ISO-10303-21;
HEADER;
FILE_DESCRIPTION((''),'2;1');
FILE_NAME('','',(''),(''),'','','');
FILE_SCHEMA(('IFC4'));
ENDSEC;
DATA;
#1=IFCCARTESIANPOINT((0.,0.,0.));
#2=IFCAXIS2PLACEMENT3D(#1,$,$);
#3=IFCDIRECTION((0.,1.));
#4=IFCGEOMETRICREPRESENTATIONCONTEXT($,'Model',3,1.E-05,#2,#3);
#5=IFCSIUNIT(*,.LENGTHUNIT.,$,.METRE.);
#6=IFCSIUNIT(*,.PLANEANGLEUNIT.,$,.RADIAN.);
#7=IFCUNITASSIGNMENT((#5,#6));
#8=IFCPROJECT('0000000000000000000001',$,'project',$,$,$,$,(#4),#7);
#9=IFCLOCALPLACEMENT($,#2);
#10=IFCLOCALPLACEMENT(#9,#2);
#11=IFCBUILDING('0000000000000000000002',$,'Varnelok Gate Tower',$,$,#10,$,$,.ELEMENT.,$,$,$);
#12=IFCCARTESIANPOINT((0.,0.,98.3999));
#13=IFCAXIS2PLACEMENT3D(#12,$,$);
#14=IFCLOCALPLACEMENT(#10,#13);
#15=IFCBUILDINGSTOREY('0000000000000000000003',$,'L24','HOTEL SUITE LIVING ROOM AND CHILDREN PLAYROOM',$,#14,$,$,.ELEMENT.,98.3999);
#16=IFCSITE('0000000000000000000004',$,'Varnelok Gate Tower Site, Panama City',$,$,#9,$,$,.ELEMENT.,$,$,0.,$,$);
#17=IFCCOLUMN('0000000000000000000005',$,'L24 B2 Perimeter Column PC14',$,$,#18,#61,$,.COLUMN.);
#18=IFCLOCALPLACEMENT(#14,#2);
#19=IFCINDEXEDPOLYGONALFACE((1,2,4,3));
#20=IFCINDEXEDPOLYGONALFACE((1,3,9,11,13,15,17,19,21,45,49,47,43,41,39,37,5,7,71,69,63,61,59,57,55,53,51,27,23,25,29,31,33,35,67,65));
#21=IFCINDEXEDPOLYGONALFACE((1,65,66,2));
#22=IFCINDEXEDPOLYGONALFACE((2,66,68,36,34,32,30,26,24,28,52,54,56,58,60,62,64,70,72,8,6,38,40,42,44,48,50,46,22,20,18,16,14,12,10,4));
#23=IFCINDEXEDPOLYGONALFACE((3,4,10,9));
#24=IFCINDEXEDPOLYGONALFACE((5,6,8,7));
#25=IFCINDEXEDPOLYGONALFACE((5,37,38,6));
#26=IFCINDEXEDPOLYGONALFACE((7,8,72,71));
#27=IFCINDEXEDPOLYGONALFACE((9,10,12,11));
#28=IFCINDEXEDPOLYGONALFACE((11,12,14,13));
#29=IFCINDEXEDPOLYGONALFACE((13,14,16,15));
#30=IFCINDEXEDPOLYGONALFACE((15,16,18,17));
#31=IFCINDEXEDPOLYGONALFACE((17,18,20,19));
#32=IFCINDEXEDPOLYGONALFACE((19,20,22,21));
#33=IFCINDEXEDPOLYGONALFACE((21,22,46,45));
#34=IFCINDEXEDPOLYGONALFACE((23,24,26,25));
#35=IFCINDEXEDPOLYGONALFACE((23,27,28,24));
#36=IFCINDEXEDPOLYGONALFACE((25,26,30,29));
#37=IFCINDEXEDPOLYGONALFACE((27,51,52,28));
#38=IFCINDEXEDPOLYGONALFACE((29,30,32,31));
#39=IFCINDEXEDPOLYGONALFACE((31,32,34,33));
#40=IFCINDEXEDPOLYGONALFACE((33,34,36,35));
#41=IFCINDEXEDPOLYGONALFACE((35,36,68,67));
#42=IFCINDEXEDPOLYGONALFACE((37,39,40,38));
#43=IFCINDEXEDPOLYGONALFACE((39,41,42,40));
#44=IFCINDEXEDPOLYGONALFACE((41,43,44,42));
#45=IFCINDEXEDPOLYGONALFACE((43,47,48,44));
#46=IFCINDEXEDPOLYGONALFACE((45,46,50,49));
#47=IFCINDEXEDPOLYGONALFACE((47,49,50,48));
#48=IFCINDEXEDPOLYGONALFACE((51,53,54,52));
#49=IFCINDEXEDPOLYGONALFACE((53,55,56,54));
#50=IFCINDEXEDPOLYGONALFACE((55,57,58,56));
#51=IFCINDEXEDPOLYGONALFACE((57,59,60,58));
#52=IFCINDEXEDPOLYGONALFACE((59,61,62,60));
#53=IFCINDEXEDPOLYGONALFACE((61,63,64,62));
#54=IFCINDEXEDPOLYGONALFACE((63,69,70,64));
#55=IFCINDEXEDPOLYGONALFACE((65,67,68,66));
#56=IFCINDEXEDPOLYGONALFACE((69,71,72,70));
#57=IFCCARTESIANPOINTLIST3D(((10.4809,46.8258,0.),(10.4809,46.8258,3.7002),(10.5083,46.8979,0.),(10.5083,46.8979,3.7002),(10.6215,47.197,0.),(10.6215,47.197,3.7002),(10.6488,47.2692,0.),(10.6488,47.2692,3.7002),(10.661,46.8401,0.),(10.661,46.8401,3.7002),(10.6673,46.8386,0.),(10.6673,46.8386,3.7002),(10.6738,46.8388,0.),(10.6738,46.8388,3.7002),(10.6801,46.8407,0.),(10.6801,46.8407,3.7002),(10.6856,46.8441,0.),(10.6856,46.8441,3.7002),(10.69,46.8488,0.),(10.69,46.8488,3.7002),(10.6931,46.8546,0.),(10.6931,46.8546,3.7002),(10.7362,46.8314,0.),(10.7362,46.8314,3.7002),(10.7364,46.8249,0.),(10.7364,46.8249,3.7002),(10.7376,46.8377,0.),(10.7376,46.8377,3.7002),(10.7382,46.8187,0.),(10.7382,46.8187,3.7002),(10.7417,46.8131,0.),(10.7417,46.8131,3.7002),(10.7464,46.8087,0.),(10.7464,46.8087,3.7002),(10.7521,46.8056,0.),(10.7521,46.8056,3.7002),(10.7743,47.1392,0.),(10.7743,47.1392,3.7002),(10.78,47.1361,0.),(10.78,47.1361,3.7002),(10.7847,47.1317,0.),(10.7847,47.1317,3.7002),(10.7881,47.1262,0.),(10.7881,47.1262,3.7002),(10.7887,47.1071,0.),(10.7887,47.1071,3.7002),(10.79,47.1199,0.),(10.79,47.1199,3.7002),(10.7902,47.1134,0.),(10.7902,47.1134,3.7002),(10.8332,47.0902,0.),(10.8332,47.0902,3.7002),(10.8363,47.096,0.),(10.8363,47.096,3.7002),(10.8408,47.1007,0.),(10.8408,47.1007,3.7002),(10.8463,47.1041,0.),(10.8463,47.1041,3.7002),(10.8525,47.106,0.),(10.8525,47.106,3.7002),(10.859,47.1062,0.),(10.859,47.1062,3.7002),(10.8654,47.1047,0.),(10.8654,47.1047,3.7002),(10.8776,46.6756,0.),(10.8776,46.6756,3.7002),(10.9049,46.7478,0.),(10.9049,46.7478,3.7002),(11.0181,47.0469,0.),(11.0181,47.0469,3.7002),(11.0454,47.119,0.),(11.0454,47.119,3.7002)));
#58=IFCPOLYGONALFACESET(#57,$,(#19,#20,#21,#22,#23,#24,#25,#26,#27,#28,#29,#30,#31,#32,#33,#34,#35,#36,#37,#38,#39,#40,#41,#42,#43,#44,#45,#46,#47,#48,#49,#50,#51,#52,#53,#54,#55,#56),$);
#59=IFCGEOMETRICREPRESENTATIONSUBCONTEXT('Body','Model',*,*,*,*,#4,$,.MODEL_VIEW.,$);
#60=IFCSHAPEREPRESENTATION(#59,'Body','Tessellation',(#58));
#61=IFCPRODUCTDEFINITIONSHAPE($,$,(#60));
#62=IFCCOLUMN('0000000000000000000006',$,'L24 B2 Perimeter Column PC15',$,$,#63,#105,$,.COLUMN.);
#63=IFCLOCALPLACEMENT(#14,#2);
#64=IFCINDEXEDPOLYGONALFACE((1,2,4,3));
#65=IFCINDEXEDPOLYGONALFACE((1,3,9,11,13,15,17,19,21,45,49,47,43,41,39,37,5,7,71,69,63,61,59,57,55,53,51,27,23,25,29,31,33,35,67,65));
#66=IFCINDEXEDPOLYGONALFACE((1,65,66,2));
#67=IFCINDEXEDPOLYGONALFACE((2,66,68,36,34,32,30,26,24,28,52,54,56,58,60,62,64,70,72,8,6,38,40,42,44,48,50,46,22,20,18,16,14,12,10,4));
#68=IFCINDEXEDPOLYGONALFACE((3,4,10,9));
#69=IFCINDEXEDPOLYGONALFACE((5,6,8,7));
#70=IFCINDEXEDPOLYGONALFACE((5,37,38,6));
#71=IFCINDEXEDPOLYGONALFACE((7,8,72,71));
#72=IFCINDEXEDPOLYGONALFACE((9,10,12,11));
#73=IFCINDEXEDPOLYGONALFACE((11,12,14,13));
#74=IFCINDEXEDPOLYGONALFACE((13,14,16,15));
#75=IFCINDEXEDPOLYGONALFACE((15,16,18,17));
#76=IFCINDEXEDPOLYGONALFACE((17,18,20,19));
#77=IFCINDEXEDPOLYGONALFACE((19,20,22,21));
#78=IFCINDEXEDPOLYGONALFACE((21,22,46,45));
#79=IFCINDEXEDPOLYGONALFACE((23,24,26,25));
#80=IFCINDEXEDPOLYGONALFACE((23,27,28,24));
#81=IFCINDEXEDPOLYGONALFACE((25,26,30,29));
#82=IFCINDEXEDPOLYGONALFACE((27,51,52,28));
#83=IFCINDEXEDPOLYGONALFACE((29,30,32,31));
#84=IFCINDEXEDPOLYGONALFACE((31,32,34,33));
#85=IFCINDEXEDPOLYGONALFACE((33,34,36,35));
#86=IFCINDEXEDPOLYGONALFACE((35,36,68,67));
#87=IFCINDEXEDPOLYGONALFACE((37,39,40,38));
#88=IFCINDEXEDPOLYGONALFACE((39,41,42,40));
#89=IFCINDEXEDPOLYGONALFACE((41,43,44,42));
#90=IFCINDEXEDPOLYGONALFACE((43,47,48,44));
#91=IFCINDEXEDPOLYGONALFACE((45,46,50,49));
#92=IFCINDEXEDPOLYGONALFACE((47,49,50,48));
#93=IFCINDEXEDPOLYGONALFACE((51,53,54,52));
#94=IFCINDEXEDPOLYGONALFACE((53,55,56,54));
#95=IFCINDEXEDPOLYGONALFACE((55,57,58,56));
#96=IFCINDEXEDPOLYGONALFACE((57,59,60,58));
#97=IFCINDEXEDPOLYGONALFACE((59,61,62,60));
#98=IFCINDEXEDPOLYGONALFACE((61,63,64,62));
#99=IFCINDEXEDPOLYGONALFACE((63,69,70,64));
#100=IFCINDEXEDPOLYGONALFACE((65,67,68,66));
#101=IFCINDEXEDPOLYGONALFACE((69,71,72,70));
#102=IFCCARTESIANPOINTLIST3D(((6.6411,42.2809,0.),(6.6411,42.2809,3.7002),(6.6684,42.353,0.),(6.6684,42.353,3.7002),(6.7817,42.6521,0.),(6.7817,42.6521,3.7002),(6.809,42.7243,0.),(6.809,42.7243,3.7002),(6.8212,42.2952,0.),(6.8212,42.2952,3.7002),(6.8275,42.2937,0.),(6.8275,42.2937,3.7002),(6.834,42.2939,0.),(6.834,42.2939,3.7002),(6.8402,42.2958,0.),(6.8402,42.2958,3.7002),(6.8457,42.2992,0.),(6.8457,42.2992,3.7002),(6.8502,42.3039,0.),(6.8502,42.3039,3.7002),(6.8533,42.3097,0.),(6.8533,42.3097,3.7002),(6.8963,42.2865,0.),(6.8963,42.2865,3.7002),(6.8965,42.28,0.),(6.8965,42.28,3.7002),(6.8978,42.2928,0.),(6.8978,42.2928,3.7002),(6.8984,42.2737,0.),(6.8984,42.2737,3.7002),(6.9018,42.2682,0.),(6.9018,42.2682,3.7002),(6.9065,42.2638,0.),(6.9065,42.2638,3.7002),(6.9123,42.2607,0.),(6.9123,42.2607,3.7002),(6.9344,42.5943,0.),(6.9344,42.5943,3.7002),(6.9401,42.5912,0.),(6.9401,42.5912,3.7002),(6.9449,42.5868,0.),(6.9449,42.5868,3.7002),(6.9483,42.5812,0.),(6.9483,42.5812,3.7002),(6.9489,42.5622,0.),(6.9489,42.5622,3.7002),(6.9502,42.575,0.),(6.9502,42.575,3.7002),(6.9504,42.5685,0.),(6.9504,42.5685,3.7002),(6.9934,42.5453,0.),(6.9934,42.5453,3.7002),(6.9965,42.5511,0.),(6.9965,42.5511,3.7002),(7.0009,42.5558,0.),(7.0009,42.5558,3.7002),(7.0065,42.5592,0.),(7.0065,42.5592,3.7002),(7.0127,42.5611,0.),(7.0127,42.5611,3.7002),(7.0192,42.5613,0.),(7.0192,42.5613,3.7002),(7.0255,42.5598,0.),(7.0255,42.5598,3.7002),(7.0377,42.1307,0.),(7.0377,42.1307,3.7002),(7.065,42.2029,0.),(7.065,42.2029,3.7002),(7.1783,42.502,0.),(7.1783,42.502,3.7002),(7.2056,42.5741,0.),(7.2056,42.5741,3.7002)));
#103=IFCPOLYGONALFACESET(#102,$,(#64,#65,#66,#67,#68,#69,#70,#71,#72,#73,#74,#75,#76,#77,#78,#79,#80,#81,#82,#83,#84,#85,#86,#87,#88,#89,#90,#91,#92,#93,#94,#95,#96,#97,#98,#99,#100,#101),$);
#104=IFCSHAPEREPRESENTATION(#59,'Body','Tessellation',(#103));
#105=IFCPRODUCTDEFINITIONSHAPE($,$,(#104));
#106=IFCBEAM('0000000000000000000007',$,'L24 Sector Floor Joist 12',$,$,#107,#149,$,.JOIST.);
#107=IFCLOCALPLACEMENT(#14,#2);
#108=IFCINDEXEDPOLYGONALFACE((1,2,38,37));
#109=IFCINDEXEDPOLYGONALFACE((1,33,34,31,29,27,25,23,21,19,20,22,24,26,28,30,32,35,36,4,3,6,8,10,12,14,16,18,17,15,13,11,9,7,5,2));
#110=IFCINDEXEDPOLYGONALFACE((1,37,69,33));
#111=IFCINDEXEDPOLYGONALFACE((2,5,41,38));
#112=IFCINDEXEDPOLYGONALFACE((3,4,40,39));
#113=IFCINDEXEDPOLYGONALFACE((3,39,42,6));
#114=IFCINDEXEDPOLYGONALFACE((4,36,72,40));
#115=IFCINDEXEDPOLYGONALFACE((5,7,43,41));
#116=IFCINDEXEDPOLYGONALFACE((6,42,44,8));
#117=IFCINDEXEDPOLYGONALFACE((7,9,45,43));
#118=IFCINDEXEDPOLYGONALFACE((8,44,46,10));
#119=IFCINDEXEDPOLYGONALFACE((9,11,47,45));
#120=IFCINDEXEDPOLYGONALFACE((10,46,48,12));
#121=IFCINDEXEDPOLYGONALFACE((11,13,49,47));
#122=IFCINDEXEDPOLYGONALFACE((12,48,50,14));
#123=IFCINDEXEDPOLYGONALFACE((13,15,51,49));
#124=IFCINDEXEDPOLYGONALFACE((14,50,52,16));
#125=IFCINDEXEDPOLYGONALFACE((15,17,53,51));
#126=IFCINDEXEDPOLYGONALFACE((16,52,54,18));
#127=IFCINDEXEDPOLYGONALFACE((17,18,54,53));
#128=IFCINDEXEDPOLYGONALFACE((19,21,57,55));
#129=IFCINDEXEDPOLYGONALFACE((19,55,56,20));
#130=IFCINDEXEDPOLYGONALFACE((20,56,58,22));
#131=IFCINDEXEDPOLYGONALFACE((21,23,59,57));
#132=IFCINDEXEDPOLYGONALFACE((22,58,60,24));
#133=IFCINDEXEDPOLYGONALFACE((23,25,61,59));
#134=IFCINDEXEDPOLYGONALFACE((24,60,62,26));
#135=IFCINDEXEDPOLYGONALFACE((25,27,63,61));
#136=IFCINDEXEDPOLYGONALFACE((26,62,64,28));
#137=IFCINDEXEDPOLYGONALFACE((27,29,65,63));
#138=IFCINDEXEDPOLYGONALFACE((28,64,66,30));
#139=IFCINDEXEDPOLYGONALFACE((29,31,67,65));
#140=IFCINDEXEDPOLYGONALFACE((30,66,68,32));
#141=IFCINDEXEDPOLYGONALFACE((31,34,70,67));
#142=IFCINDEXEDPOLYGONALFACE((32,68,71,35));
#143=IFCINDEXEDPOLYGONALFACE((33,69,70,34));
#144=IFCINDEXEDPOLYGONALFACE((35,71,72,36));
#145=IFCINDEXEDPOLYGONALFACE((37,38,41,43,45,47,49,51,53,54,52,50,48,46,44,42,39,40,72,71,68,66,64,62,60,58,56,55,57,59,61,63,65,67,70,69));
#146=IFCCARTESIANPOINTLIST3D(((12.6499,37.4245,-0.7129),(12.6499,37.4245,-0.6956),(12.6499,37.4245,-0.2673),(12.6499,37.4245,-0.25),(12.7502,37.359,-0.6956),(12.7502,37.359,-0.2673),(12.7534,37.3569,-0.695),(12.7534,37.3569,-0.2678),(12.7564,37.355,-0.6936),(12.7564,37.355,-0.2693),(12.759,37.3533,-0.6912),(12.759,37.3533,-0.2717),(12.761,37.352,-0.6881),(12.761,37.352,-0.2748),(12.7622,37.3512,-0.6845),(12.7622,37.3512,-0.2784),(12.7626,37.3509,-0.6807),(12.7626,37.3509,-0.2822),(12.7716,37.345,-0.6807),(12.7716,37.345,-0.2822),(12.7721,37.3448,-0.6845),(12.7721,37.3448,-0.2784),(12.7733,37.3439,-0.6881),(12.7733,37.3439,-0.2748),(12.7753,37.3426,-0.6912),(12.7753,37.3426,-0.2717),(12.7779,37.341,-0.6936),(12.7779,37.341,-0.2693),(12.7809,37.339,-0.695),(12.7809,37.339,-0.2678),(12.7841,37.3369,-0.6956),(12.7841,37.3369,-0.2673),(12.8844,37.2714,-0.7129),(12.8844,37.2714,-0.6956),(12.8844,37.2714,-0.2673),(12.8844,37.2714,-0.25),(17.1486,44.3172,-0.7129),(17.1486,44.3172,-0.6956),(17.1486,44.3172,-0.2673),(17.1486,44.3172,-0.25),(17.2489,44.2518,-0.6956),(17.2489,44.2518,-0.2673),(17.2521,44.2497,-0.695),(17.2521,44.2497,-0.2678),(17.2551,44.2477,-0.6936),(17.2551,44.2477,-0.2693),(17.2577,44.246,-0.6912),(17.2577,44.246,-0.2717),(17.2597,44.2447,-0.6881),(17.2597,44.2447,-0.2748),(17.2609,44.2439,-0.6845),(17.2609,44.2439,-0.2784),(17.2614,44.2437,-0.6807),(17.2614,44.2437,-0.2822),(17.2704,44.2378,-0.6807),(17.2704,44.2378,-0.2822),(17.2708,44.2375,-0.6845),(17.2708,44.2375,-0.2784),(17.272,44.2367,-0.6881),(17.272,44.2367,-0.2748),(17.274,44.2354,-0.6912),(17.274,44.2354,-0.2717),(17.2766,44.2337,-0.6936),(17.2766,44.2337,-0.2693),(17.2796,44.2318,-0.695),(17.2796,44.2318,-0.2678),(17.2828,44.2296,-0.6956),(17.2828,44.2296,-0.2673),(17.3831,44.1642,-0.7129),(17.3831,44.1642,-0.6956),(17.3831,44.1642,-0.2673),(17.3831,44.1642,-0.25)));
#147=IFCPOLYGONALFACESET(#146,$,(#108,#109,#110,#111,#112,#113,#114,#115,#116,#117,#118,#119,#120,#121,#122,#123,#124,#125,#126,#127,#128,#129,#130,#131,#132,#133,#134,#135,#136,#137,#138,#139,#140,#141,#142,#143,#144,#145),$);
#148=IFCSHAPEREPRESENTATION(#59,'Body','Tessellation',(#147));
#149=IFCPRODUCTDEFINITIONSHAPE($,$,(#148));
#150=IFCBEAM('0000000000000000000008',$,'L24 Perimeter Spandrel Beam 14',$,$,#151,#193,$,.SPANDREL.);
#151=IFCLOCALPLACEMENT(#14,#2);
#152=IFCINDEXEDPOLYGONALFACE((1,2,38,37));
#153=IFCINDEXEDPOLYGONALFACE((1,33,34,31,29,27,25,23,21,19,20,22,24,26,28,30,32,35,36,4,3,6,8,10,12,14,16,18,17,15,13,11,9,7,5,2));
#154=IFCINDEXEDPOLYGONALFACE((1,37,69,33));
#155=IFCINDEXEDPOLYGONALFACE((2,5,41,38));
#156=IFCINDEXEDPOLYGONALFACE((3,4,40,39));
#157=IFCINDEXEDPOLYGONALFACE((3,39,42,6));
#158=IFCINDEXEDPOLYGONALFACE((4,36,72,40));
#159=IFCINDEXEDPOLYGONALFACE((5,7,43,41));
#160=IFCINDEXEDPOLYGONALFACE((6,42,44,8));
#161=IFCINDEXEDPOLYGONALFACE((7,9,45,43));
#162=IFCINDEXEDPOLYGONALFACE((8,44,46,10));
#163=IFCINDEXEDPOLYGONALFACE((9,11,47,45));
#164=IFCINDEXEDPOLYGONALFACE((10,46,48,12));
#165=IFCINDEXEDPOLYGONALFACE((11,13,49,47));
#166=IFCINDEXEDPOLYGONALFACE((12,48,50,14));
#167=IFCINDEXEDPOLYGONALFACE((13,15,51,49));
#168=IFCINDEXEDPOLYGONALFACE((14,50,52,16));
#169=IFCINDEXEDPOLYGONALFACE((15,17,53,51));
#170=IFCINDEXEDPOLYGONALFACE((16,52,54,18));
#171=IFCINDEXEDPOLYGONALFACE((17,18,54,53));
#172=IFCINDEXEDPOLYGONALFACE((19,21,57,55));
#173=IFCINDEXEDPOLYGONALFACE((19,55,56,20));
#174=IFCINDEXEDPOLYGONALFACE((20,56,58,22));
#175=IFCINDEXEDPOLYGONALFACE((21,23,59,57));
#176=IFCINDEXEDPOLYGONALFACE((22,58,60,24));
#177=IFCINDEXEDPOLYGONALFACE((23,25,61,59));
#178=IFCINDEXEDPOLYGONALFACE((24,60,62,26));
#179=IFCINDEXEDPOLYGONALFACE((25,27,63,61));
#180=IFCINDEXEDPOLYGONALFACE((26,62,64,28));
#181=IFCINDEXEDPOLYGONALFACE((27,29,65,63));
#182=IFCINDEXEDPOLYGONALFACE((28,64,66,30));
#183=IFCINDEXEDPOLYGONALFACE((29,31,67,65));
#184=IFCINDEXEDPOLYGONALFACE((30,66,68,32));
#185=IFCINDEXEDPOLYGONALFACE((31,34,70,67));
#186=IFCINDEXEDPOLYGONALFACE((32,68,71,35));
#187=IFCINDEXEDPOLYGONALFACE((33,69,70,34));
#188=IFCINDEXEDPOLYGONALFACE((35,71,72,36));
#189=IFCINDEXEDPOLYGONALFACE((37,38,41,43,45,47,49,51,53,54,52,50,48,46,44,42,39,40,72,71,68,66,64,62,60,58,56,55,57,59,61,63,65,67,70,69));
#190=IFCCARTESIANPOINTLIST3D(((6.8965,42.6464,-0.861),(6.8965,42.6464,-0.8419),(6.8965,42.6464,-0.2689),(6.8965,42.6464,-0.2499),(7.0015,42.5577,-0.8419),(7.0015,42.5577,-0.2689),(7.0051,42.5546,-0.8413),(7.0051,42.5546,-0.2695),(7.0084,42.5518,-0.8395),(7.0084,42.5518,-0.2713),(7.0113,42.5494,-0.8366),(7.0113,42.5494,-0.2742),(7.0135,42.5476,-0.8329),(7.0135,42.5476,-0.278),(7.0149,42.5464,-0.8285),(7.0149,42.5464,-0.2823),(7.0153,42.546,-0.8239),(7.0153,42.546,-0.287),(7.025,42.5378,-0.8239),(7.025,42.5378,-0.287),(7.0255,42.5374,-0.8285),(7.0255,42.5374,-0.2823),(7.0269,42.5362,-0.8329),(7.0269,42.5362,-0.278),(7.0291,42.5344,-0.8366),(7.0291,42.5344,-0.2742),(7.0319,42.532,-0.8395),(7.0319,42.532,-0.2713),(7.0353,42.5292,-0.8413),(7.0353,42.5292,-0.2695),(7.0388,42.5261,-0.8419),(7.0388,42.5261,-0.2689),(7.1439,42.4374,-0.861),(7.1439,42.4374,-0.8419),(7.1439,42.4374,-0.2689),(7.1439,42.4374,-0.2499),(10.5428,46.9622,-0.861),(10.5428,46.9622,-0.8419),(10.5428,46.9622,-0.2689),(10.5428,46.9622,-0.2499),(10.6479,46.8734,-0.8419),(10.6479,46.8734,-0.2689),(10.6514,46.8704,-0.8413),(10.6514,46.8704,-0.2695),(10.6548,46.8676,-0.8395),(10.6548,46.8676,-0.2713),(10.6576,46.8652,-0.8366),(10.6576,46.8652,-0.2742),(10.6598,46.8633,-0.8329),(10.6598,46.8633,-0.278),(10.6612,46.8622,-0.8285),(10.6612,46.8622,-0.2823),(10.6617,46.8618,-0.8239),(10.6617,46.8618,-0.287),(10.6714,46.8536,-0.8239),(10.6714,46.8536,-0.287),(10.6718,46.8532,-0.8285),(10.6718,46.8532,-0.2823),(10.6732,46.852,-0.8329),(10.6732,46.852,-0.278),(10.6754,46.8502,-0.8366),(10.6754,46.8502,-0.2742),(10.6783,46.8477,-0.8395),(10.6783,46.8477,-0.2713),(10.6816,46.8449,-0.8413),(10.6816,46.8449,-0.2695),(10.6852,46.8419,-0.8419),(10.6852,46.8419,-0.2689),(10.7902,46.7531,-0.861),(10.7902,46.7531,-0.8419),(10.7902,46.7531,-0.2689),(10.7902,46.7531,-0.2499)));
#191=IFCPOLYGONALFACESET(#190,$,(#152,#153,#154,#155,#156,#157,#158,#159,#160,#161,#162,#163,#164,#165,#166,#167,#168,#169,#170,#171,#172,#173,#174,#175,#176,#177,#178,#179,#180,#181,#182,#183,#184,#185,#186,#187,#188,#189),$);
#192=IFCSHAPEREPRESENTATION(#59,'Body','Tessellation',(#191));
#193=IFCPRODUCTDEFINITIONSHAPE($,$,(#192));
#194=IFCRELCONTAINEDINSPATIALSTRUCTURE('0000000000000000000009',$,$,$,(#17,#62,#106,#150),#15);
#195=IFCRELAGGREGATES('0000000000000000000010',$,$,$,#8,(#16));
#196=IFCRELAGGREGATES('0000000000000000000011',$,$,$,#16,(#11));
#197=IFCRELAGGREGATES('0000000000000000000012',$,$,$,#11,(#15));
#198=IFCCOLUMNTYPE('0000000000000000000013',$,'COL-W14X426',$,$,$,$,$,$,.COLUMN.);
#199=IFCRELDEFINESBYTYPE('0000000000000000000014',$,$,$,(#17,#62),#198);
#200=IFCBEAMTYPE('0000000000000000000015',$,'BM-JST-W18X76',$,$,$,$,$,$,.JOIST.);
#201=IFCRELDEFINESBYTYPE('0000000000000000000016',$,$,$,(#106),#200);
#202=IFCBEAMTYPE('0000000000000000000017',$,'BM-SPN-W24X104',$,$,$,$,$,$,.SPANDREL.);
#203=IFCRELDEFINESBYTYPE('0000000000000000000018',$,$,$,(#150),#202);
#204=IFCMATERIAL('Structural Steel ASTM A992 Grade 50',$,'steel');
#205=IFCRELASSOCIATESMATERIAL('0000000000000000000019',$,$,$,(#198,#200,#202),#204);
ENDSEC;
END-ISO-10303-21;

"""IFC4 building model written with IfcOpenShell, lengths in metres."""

from ifc_helpers import new_model, si_unit, direction, frame, origin, origin_2d, place, context, subcontext, project, spatial, i_section, extrude, material, material_profile, profile_set, type_object, element, save


model = new_model("IFC4")

# Units and contexts
model_context = context("Model", 3, precision=1e-05, world=origin(), true_north=direction((0.0, 1.0)))
body_context = subcontext(model_context, "Body", "Model", "MODEL_VIEW")
ifc_project = project(units=[si_unit("LENGTHUNIT", "METRE"), si_unit("PLANEANGLEUNIT", "RADIAN")], contexts=[model_context])

# Site, building, storey
site_placement = place(None, origin())
site = spatial("IfcSite", under=ifc_project, at=site_placement, Name="Varnelok Gate Tower Site, Panama City", CompositionType="ELEMENT", RefElevation=0.0)
building_placement = place(site_placement, origin())
building = spatial("IfcBuilding", under=site, at=building_placement, Name="Varnelok Gate Tower", CompositionType="ELEMENT")
storey_placement = place(building_placement, frame((0.0, 0.0, 98.3999)))
storey = spatial("IfcBuildingStorey", under=building, at=storey_placement, Name="L24", Description="HOTEL SUITE LIVING ROOM AND CHILDREN PLAYROOM", CompositionType="ELEMENT", Elevation=98.3999)

# Columns
ifc_material_1 = material(Name="Structural Steel ASTM A992 Grade 50", Category="steel")
ifc_material_profile_1 = material_profile(ifc_material_1, i_section(OverallWidth=0.4241, OverallDepth=0.4741, WebThickness=0.0476, FlangeThickness=0.0771, FilletRadius=0.0249, at=origin_2d()), Name="W14X426")
ifc_profile_set_1 = profile_set([ifc_material_profile_1], Name="Structural Steel ASTM A992 Grade 50")
column_type = type_object("IfcColumnType", Name="COL-W14X426", PredefinedType="COLUMN", material=ifc_profile_set_1)
for number, where, z_axis, x_axis, name in (
    (1, (10.7632, 46.9724, 0.0), (0.0, 0.0, 1.0), (0.935222, -0.354063, 0.0), "L24 B2 Perimeter Column PC14"),
    (2, (6.9233, 42.4275, 0.0), (0.0, 0.0, 1.0), (0.935222, -0.354063, 0.0), "L24 B2 Perimeter Column PC15"),
):
    element("IfcColumn", number, at=place(storey_placement, frame(where, z_axis=z_axis, x_axis=x_axis)), inside=storey, type_object=column_type, Name=name, PredefinedType="COLUMN", context=body_context, shape_type="SweptSolid", body=[
        extrude(i_section(OverallWidth=0.4241, OverallDepth=0.4741, WebThickness=0.0476, FlangeThickness=0.0771, FilletRadius=0.0249, at=origin_2d()), origin(), (0.0, 0.0, 1.0), 3.7002),
    ])

# Beams
ifc_material_profile_2 = material_profile(ifc_material_1, i_section(OverallWidth=0.28, OverallDepth=0.4629, WebThickness=0.0107, FlangeThickness=0.0173, FilletRadius=0.0149, at=origin_2d()), Name="W18X76")
ifc_profile_set_2 = profile_set([ifc_material_profile_2], Name="Structural Steel ASTM A992 Grade 50")
beam_type_1 = type_object("IfcBeamType", Name="BM-JST-W18X76", PredefinedType="JOIST", material=ifc_profile_set_2)
beam_1_placement = place(storey_placement, frame((17.2659, 44.2407, -0.4814), z_axis=(-0.546563, -0.837418, 0.0), x_axis=(0.837418, -0.546563, 0.0)))
element("IfcBeam", 3, at=beam_1_placement, inside=storey, type_object=beam_type_1, Name="L24 Sector Floor Joist 12", PredefinedType="JOIST", context=body_context, shape_type="SweptSolid", body=[
    extrude(i_section(OverallWidth=0.28, OverallDepth=0.4629, WebThickness=0.0107, FlangeThickness=0.0173, FilletRadius=0.0149, at=origin_2d()), origin(), (0.0, 0.0, 1.0), 8.231),
])
ifc_material_profile_3 = material_profile(ifc_material_1, i_section(OverallWidth=0.324, OverallDepth=0.6111, WebThickness=0.0127, FlangeThickness=0.019, FilletRadius=0.0181, at=origin_2d()), Name="W24X104")
ifc_profile_set_3 = profile_set([ifc_material_profile_3], Name="Structural Steel ASTM A992 Grade 50")
beam_type_2 = type_object("IfcBeamType", Name="BM-SPN-W24X104", PredefinedType="SPANDREL", material=ifc_profile_set_3)
beam_2_placement = place(storey_placement, frame((10.6665, 46.8577, -0.5554), z_axis=(-0.645376, -0.763865, 0.0), x_axis=(0.763865, -0.645376, 0.0)))
element("IfcBeam", 4, at=beam_2_placement, inside=storey, type_object=beam_type_2, Name="L24 Perimeter Spandrel Beam 14", PredefinedType="SPANDREL", context=body_context, shape_type="SweptSolid", body=[
    extrude(i_section(OverallWidth=0.324, OverallDepth=0.6111, WebThickness=0.0127, FlangeThickness=0.019, FilletRadius=0.0181, at=origin_2d()), origin(), (0.0, 0.0, 1.0), 5.6499),
])

save(model, "model.ifc")
